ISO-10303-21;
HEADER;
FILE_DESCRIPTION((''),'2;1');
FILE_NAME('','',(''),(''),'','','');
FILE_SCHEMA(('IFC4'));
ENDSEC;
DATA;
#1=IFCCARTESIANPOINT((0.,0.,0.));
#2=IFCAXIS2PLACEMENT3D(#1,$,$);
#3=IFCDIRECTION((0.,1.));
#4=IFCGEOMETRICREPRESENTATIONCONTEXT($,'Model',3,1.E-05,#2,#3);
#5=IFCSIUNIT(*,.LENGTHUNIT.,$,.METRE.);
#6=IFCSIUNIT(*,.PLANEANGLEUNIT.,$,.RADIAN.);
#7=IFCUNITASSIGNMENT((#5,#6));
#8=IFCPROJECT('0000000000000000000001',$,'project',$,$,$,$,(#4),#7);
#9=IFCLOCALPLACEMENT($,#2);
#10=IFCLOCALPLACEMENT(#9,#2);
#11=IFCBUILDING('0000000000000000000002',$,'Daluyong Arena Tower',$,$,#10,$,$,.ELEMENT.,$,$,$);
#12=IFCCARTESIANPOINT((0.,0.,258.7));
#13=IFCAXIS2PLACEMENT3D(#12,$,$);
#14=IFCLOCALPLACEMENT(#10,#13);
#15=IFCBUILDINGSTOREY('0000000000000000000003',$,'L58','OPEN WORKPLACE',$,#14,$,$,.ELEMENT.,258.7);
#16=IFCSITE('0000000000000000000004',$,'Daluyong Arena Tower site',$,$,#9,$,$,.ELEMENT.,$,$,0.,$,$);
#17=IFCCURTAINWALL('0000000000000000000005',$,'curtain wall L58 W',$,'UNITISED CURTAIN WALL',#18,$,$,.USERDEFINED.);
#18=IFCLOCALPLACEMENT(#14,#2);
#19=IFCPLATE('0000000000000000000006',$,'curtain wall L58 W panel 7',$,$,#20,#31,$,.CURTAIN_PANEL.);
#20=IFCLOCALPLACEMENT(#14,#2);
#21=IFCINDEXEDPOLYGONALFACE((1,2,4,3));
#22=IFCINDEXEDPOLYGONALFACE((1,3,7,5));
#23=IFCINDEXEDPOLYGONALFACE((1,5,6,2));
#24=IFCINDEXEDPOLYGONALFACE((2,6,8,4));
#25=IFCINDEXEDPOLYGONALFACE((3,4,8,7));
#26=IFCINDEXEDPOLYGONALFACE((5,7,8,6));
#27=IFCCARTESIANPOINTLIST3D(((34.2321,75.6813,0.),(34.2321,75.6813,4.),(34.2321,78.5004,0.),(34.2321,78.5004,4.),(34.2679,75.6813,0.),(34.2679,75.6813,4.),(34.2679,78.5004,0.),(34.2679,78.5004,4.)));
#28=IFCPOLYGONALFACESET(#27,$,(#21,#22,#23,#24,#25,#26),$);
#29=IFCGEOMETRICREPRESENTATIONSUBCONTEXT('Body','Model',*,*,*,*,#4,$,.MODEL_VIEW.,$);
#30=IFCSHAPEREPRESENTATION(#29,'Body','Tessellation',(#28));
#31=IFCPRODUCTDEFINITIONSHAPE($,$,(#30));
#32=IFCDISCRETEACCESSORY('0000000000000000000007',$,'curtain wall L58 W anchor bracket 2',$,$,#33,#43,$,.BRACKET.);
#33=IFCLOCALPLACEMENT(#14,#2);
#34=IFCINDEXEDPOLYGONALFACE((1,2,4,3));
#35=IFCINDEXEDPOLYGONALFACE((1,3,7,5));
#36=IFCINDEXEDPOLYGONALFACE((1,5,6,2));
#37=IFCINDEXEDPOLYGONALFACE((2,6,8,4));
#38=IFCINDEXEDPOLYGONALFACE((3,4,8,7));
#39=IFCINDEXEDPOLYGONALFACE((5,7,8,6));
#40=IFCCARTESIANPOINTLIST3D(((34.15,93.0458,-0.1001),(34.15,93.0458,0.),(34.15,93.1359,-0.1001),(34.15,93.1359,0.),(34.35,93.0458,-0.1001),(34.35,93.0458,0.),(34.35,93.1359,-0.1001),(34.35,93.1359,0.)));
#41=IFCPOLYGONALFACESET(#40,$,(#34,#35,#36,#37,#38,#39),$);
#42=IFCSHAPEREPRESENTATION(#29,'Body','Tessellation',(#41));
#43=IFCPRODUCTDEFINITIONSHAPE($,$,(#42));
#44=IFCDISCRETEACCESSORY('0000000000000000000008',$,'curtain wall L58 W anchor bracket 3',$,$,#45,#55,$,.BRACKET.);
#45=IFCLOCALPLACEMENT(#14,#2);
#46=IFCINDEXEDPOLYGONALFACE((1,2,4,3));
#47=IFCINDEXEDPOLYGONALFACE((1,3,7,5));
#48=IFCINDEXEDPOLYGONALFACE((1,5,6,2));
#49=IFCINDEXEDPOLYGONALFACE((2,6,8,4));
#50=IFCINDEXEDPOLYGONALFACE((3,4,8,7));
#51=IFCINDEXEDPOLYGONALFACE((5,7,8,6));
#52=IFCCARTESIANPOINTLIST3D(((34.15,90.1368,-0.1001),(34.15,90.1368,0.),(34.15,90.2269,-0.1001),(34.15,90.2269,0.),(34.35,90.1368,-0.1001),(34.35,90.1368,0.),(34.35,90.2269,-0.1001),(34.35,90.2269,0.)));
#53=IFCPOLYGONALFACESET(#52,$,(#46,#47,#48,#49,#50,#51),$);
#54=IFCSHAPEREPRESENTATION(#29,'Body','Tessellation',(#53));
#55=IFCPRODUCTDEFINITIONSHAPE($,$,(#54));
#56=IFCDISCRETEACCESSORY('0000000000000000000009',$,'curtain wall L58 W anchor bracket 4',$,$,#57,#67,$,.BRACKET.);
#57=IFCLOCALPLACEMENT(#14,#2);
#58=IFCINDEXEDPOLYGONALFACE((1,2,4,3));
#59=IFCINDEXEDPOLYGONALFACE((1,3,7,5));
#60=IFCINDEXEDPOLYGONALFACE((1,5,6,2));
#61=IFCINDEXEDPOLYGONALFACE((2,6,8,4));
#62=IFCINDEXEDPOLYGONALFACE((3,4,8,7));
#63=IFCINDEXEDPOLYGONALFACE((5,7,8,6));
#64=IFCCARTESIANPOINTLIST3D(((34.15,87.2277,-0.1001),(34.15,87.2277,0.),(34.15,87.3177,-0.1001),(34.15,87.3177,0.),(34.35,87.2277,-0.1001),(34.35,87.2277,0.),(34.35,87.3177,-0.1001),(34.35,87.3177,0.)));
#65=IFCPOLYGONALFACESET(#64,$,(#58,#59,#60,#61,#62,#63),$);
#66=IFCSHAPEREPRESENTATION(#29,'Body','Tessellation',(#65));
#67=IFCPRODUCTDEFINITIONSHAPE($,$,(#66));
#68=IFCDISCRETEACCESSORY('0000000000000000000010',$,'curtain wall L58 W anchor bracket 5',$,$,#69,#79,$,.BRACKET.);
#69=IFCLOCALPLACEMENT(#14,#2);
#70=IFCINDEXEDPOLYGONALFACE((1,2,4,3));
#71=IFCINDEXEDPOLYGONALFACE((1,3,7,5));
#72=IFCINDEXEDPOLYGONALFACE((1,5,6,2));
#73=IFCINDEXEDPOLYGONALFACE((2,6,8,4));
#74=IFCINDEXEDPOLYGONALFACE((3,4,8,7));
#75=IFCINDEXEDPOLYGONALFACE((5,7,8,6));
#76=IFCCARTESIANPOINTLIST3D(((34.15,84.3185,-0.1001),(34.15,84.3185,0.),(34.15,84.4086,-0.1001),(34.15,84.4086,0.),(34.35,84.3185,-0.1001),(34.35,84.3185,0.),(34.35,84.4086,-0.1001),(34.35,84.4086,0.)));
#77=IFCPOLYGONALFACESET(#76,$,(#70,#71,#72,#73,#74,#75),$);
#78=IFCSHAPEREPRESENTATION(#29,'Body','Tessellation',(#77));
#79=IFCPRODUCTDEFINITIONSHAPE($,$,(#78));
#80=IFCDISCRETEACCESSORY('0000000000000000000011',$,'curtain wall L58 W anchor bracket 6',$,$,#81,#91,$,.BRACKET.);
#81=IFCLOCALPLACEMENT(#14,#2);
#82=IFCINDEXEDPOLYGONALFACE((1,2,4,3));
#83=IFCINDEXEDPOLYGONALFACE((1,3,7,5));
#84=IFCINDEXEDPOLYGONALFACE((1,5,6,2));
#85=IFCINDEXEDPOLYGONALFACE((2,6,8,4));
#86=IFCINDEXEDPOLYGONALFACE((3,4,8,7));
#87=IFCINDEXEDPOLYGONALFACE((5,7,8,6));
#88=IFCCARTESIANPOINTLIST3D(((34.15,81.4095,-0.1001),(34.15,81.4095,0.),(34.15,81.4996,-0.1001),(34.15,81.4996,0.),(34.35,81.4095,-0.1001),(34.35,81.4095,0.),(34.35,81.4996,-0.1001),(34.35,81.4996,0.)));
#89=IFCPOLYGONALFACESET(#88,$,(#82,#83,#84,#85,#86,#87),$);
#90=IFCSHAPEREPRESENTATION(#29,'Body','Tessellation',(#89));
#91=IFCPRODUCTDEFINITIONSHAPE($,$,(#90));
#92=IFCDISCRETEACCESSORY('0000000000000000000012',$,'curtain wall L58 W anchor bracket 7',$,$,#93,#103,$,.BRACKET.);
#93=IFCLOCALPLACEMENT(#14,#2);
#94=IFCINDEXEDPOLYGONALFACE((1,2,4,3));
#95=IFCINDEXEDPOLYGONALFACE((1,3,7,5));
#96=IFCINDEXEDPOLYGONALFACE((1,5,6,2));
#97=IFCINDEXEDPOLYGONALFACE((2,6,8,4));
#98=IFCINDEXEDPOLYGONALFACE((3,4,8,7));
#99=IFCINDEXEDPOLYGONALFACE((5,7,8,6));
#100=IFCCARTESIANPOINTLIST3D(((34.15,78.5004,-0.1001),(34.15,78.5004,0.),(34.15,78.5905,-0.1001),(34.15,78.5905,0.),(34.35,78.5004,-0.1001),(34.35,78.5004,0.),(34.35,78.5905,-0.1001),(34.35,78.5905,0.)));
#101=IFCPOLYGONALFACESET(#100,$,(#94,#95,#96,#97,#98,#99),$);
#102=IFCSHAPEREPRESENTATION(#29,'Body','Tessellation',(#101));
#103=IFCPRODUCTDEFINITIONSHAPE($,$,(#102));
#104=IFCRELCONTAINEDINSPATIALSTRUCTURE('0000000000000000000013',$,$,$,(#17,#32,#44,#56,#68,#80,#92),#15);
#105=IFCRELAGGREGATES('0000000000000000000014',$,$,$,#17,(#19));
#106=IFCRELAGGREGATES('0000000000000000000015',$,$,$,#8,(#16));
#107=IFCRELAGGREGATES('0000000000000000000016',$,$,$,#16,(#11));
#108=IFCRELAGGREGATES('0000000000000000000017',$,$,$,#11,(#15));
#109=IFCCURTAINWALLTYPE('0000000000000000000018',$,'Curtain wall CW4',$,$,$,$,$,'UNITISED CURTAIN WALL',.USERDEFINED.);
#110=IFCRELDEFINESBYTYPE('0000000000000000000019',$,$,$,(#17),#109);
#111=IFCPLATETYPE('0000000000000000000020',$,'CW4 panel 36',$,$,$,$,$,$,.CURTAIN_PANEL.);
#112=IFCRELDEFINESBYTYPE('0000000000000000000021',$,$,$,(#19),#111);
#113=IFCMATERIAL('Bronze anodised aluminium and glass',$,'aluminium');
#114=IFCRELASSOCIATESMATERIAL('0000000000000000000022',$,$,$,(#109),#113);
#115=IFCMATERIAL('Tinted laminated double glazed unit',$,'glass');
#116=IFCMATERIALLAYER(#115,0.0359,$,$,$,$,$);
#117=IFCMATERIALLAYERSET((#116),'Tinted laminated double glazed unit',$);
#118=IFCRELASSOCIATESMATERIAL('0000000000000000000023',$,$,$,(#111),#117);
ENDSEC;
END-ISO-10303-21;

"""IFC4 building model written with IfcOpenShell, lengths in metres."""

from ifc_helpers import new_model, si_unit, direction, frame, origin, origin_2d, place, context, subcontext, project, spatial, rectangle, extrude, material, layer, layer_set, type_object, element, aggregate, save


model = new_model("IFC4")

# Units and contexts
model_context = context("Model", 3, precision=1e-05, world=origin(), true_north=direction((0.0, 1.0)))
body_context = subcontext(model_context, "Body", "Model", "MODEL_VIEW")
ifc_project = project(units=[si_unit("LENGTHUNIT", "METRE"), si_unit("PLANEANGLEUNIT", "RADIAN")], contexts=[model_context])

# Site, building, storey
site_placement = place(None, origin())
site = spatial("IfcSite", under=ifc_project, at=site_placement, Name="Daluyong Arena Tower site", CompositionType="ELEMENT", RefElevation=0.0)
building_placement = place(site_placement, origin())
building = spatial("IfcBuilding", under=site, at=building_placement, Name="Daluyong Arena Tower", CompositionType="ELEMENT")
storey_placement = place(building_placement, frame((0.0, 0.0, 258.7)))
storey = spatial("IfcBuildingStorey", under=building, at=storey_placement, Name="L58", Description="OPEN WORKPLACE", CompositionType="ELEMENT", Elevation=258.7)

# Curtain wall
ifc_material_1 = material(Name="Bronze anodised aluminium and glass", Category="aluminium")
curtain_wall_type = type_object("IfcCurtainWallType", Name="Curtain wall CW4", ElementType="UNITISED CURTAIN WALL", PredefinedType="USERDEFINED", material=ifc_material_1)
curtain_wall_placement = place(storey_placement, origin())
curtain_wall = element("IfcCurtainWall", 1, at=curtain_wall_placement, inside=storey, type_object=curtain_wall_type, Name="curtain wall L58 W", ObjectType="UNITISED CURTAIN WALL", PredefinedType="USERDEFINED")

# Plate
ifc_material_2 = material(Name="Tinted laminated double glazed unit", Category="glass")
ifc_layer = layer(ifc_material_2, 0.0359)
ifc_layer_set = layer_set([ifc_layer], Name="Tinted laminated double glazed unit")
plate_type = type_object("IfcPlateType", Name="CW4 panel 36", PredefinedType="CURTAIN_PANEL", material=ifc_layer_set)
plate_1_placement = place(storey_placement, frame((34.25, 77.0908, 0.0), z_axis=(0.0, 0.0, 1.0), x_axis=(0.0, -1.0, 0.0)))
plate_1 = element("IfcPlate", 2, at=plate_1_placement, type_object=plate_type, Name="curtain wall L58 W panel 7", PredefinedType="CURTAIN_PANEL", context=body_context, shape_type="SweptSolid", body=[
    extrude(rectangle(XDim=2.8191, YDim=0.0359, at=origin_2d()), origin(), (0.0, 0.0, 1.0), 4.0),
])
aggregate(curtain_wall, [plate_1])

# Discrete accessories
for number, where, z_axis, x_axis, name in (
    (3, (34.25, 93.0908, -0.1001), (0.0, 0.0, 1.0), (0.0, -1.0, 0.0), "curtain wall L58 W anchor bracket 2"),
    (4, (34.25, 90.1819, -0.1001), (0.0, 0.0, 1.0), (0.0, -1.0, 0.0), "curtain wall L58 W anchor bracket 3"),
    (5, (34.25, 87.2727, -0.1001), (0.0, 0.0, 1.0), (0.0, -1.0, 0.0), "curtain wall L58 W anchor bracket 4"),
    (6, (34.25, 84.3635, -0.1001), (0.0, 0.0, 1.0), (0.0, -1.0, 0.0), "curtain wall L58 W anchor bracket 5"),
    (7, (34.25, 81.4546, -0.1001), (0.0, 0.0, 1.0), (0.0, -1.0, 0.0), "curtain wall L58 W anchor bracket 6"),
    (8, (34.25, 78.5454, -0.1001), (0.0, 0.0, 1.0), (0.0, -1.0, 0.0), "curtain wall L58 W anchor bracket 7"),
):
    element("IfcDiscreteAccessory", number, at=place(storey_placement, frame(where, z_axis=z_axis, x_axis=x_axis)), inside=storey, Name=name, PredefinedType="BRACKET", context=body_context, shape_type="SweptSolid", body=[
        extrude(rectangle(XDim=0.0901, YDim=0.2, at=origin_2d()), origin(), (0.0, 0.0, 1.0), 0.1001),
    ])

save(model, "model.ifc")
